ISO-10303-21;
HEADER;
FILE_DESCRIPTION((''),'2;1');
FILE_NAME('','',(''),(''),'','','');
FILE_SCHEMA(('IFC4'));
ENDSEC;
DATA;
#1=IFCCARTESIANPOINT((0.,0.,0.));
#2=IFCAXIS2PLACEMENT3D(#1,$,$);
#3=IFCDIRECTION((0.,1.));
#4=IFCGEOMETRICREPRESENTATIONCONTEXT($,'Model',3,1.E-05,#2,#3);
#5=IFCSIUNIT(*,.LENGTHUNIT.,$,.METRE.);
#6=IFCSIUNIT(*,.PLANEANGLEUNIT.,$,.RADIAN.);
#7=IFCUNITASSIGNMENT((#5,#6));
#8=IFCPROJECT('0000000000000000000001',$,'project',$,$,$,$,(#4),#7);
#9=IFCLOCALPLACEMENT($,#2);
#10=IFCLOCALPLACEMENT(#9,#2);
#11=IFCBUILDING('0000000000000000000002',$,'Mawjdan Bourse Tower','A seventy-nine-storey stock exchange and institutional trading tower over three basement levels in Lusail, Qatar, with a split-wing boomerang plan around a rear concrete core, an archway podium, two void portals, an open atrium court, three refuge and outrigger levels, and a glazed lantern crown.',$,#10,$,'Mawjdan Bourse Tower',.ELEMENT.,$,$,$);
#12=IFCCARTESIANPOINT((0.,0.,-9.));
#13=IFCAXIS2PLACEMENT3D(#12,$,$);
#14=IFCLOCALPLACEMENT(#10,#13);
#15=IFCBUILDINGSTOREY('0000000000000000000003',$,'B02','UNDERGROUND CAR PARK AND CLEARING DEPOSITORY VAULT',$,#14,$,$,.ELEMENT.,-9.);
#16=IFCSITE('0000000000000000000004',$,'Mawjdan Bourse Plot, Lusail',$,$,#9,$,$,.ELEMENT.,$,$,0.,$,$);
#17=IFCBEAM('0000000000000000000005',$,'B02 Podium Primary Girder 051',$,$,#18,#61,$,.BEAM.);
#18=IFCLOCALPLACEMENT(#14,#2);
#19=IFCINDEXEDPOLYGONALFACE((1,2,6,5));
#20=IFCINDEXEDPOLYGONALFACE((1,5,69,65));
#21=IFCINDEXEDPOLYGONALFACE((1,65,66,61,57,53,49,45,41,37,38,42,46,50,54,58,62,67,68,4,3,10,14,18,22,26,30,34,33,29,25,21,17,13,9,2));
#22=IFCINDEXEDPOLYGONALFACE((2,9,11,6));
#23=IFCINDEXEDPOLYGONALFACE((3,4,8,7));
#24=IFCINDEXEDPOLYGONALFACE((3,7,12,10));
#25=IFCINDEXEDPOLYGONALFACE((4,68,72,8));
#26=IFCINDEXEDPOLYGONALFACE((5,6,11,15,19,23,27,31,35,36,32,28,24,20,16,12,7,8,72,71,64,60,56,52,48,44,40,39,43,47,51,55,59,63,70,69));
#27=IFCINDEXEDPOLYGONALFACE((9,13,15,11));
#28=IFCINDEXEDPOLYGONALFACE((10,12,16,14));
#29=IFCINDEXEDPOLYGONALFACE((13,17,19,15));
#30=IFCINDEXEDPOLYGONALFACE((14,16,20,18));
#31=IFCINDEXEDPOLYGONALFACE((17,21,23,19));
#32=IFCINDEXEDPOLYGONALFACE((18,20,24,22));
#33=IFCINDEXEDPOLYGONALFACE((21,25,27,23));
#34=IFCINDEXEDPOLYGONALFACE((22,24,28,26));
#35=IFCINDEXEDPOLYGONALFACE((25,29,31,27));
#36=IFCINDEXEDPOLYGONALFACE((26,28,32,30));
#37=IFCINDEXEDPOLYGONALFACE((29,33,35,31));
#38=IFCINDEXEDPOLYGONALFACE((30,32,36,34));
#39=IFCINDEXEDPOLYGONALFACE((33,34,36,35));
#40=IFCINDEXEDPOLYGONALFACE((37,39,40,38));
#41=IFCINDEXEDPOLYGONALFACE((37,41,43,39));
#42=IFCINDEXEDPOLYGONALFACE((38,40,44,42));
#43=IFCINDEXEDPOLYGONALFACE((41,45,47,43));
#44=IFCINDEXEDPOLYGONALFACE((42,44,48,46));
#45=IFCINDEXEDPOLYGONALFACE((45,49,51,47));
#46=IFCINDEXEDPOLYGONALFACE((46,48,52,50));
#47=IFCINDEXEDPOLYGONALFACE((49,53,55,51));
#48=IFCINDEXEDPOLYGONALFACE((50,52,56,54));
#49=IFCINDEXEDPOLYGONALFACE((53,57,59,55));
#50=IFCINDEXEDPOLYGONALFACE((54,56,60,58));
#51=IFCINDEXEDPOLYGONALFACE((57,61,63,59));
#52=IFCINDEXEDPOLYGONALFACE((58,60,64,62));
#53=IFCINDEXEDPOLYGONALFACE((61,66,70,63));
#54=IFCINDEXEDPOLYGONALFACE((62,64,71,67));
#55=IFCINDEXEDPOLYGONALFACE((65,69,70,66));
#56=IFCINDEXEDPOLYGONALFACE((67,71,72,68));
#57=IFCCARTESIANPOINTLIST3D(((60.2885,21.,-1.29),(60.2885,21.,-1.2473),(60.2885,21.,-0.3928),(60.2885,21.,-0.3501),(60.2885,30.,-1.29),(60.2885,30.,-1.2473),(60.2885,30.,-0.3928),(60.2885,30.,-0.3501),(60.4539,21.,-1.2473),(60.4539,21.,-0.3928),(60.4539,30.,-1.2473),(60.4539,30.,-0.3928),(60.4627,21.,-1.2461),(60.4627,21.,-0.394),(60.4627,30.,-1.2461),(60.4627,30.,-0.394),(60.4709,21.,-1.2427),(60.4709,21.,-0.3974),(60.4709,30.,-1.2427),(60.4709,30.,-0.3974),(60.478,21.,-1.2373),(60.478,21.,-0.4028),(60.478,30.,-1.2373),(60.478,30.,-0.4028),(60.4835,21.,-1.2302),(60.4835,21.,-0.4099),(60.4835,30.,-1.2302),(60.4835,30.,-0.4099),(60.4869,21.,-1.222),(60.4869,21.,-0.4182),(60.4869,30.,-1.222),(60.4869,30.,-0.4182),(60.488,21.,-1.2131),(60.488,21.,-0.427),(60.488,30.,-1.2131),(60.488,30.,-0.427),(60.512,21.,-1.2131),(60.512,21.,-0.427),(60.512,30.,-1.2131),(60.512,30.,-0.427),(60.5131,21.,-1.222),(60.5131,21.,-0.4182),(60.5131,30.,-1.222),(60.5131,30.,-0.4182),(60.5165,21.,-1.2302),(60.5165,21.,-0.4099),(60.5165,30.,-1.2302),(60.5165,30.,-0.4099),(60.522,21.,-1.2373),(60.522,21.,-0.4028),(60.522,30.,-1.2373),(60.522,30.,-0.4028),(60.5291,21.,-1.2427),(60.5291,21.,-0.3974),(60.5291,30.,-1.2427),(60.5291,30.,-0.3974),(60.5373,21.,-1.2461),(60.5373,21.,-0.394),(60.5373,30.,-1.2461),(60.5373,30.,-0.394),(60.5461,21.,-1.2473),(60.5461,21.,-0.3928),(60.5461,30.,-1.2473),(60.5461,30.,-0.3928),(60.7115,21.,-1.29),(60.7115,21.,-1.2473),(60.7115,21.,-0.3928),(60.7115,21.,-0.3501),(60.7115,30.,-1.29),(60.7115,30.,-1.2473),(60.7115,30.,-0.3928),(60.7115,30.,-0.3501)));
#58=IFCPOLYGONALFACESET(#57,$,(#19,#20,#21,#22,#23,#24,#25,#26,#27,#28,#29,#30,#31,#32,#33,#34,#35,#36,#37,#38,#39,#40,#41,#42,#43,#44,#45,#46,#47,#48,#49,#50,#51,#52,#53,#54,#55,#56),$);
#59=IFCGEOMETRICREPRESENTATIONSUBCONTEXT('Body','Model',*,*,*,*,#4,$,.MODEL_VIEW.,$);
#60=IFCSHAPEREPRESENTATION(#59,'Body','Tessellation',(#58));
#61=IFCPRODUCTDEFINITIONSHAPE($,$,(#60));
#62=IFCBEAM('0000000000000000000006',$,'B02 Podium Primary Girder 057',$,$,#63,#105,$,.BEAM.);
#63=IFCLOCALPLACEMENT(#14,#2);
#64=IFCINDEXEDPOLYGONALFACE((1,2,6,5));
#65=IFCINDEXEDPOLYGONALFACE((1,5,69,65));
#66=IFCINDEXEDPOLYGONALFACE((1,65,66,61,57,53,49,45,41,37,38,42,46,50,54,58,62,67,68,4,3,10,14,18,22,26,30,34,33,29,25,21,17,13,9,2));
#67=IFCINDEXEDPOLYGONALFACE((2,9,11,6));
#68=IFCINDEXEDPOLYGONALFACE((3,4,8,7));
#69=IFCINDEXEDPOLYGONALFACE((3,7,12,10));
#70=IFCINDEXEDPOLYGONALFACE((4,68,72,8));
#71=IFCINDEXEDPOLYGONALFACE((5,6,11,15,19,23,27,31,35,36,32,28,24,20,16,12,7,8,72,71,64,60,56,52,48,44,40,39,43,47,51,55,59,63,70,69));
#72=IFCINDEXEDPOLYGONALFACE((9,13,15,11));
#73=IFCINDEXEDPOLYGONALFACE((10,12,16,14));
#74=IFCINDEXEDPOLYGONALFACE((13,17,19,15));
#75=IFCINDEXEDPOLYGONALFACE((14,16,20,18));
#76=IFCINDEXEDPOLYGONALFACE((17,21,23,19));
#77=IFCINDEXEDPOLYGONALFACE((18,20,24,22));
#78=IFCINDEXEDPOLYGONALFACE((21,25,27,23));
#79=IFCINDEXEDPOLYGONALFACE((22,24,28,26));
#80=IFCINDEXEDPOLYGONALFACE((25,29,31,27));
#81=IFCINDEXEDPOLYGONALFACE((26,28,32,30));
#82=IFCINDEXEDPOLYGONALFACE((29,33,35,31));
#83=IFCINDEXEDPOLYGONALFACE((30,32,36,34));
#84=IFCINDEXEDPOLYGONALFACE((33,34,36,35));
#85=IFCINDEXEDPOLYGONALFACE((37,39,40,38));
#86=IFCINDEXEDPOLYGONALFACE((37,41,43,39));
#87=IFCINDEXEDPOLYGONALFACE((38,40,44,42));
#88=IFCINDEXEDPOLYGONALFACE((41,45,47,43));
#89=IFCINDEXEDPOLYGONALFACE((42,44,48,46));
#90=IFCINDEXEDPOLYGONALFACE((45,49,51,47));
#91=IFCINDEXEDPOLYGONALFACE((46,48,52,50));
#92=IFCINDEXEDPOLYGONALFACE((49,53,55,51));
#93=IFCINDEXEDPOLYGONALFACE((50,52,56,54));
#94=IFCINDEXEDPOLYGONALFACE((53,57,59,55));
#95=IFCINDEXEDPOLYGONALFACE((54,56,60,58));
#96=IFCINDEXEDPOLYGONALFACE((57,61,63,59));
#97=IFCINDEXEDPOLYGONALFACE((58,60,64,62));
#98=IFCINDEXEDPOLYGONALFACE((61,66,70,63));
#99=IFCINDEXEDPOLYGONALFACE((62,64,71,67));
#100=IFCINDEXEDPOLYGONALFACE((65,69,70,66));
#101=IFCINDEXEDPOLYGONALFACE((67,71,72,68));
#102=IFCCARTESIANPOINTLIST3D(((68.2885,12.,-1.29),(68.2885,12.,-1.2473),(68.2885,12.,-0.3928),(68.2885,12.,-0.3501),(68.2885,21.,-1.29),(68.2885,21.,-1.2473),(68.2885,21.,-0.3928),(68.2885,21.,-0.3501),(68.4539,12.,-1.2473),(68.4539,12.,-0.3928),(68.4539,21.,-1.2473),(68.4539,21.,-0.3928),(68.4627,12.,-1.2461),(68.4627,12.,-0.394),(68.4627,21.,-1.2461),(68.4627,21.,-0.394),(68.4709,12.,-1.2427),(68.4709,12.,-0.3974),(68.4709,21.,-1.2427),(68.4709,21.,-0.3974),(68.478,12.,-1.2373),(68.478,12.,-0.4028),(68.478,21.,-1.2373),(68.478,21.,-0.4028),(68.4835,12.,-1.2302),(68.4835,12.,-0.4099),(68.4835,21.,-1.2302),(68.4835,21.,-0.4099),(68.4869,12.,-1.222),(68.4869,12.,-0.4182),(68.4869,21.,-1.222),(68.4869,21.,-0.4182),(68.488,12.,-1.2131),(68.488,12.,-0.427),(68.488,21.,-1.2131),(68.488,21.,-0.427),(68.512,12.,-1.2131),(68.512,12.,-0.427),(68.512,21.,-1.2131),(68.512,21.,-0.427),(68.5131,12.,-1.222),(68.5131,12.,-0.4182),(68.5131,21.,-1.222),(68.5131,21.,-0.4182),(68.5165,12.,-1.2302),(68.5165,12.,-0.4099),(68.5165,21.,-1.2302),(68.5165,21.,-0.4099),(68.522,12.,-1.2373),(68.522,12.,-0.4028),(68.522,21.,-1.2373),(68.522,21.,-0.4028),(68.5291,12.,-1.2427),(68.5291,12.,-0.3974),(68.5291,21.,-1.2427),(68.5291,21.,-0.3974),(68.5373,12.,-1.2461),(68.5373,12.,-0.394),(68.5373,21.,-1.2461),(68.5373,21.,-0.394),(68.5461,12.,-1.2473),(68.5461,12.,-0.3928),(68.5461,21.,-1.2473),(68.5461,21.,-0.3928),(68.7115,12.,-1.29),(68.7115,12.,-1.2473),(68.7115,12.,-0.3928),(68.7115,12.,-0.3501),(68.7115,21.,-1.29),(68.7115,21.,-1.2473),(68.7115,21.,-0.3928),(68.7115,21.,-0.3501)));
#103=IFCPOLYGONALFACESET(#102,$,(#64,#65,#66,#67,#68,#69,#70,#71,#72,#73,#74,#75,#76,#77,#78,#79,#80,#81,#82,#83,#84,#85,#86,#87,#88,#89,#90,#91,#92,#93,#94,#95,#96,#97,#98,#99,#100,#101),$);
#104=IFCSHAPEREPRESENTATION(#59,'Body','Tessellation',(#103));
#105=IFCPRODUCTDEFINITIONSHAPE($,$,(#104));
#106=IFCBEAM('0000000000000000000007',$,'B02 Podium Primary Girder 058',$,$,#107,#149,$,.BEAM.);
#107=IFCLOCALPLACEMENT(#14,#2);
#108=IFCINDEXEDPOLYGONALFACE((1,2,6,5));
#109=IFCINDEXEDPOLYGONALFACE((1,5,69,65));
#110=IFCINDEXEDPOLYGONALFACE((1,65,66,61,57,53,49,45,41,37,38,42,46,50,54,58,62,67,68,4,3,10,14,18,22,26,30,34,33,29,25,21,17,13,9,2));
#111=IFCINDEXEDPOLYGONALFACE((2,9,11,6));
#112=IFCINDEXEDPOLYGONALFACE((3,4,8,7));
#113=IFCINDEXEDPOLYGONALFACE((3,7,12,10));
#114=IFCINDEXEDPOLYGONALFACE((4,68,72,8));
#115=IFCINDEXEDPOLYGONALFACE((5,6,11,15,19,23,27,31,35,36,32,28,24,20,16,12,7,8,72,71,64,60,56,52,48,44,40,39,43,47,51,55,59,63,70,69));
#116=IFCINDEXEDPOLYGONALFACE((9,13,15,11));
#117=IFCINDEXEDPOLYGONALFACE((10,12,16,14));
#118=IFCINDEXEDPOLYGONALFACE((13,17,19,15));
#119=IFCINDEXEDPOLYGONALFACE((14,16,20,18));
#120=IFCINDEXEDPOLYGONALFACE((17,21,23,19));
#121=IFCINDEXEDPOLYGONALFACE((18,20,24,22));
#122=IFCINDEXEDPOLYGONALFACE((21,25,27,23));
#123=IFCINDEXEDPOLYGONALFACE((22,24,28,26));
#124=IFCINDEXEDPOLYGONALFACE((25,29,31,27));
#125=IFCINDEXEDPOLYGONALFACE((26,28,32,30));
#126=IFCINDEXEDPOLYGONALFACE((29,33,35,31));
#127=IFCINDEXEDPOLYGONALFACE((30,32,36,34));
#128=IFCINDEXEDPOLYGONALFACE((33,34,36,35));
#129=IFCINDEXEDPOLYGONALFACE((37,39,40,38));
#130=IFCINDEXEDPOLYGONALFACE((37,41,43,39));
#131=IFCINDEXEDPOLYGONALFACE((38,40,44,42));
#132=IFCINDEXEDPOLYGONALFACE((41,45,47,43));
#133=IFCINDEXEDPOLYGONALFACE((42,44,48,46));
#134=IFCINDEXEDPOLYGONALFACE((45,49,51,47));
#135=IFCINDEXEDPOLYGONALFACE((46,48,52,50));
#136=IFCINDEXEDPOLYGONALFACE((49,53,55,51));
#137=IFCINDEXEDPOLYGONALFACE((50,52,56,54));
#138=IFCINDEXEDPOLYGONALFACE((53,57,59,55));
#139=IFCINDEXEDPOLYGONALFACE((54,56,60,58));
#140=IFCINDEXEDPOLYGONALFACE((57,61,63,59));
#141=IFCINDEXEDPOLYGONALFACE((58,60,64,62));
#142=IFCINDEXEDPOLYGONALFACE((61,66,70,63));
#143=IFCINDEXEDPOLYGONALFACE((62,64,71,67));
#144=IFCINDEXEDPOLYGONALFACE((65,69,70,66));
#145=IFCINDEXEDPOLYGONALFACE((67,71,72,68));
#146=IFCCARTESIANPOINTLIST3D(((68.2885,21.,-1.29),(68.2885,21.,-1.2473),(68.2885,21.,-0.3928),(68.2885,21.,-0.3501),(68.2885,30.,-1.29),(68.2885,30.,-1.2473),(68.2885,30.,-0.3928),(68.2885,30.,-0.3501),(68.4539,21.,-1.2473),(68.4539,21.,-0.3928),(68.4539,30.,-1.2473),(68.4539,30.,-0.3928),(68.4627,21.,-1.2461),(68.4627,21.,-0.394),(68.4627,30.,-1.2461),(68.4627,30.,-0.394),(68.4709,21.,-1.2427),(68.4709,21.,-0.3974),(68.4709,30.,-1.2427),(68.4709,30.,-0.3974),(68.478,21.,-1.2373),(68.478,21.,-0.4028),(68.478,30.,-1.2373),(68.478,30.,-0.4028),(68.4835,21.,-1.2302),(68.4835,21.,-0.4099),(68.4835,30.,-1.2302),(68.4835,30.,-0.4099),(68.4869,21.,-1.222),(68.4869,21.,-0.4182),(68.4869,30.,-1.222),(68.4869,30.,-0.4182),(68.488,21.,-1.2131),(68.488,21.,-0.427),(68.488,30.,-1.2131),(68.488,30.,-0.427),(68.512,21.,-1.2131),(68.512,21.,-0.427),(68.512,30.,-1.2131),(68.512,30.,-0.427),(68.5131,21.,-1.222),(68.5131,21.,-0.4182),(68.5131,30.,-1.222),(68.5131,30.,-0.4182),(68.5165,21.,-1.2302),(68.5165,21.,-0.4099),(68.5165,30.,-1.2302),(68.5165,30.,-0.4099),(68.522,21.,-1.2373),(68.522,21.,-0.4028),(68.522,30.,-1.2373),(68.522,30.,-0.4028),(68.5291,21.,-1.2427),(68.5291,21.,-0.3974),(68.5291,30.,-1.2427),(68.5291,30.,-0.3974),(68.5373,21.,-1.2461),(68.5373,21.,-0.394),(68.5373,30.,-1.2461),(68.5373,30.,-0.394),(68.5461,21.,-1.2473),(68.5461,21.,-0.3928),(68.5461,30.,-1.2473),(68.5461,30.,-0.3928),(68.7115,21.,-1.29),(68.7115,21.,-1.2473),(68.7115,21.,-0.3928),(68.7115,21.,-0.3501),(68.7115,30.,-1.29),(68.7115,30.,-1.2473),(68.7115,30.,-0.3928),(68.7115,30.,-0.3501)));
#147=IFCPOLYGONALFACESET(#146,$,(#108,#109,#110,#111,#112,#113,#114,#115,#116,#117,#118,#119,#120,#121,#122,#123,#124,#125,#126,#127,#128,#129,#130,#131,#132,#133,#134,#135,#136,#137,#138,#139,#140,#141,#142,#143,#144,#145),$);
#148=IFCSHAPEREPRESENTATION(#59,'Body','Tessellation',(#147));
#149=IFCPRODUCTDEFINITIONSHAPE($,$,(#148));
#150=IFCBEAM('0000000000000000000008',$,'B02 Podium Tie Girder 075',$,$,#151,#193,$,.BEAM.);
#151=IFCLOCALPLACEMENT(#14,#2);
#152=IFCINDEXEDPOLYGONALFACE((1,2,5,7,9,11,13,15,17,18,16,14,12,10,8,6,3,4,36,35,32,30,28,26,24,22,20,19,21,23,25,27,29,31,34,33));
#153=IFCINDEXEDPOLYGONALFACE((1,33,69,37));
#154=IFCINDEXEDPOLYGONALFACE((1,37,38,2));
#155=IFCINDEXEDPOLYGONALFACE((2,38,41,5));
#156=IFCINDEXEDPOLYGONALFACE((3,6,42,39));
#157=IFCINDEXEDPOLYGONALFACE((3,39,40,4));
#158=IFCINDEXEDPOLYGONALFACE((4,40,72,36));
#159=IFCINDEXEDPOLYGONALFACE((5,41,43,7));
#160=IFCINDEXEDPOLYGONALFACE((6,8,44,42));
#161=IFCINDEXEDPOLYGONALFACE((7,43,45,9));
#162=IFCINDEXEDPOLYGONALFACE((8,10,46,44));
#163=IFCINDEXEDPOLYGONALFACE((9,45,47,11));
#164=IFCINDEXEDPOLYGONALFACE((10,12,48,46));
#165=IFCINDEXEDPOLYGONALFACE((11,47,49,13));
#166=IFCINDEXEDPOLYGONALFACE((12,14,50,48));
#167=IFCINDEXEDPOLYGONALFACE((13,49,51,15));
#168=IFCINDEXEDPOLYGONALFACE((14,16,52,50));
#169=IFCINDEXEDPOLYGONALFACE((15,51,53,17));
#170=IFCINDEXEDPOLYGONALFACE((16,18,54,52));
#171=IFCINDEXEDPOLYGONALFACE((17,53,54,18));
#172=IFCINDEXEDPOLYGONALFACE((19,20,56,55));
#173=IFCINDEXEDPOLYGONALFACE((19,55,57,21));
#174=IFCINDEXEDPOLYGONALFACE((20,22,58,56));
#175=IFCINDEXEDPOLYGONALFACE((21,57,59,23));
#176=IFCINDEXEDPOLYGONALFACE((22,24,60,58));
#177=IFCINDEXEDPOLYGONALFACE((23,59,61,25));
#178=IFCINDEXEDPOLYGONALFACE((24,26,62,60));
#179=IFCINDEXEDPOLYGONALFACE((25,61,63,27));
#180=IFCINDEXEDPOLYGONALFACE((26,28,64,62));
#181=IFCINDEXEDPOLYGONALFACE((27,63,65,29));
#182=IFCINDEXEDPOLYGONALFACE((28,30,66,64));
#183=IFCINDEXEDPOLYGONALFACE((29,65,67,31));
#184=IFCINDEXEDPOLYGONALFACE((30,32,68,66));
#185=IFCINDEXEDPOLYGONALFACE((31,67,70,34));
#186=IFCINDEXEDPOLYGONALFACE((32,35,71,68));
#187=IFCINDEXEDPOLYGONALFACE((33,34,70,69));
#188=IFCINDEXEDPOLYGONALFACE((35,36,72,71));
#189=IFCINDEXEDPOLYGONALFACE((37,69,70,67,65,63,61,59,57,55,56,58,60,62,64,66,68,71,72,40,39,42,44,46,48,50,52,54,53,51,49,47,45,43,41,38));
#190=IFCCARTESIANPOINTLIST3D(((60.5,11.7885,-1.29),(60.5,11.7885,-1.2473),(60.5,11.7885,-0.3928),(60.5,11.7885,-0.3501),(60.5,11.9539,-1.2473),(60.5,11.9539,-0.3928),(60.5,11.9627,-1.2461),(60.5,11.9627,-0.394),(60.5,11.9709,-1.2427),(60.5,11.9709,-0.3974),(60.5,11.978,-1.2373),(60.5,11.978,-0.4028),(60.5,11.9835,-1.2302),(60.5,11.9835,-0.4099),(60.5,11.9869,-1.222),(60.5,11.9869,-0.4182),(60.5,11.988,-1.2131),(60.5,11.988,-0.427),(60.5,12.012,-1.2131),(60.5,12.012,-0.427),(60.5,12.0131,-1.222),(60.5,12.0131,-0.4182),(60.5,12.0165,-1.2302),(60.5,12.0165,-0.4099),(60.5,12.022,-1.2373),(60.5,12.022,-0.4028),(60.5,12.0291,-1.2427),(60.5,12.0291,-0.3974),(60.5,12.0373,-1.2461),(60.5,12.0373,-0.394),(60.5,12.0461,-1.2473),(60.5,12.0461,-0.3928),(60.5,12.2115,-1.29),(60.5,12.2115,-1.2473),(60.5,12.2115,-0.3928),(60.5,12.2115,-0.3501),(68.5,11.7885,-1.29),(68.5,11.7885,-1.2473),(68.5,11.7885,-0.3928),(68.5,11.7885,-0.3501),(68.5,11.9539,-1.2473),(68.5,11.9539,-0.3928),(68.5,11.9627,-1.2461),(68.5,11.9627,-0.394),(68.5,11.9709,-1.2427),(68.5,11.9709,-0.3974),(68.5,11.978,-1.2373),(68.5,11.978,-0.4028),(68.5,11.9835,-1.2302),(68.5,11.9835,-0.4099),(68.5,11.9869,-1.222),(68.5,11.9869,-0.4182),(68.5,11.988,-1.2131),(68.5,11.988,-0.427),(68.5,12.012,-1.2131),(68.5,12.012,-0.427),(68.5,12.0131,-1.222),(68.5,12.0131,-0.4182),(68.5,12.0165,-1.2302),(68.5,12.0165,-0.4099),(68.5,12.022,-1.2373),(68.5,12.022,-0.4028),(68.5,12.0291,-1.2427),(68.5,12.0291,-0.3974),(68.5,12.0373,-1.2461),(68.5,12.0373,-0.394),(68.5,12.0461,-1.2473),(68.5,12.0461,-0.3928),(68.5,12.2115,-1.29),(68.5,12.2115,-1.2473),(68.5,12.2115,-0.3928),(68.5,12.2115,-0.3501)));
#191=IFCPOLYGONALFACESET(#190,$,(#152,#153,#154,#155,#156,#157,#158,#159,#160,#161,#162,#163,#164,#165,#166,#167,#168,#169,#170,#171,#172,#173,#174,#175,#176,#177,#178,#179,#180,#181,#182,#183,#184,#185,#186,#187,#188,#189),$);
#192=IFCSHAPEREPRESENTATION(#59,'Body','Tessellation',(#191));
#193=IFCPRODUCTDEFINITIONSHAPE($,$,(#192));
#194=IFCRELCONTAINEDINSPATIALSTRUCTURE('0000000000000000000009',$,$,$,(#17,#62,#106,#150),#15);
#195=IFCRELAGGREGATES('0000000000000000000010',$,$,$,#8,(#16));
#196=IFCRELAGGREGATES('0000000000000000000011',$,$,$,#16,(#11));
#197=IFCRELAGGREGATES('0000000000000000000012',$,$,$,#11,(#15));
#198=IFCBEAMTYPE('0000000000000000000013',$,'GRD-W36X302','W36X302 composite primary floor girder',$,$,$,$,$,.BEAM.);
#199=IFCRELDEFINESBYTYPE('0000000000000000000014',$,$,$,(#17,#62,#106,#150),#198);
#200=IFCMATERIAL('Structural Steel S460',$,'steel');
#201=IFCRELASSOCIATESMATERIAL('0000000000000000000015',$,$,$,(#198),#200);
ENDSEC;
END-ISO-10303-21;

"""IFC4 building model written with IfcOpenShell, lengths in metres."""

from ifc_helpers import new_model, si_unit, direction, frame, origin, origin_2d, place, context, subcontext, project, spatial, i_section, extrude, material, material_profile, profile_set, type_object, element, save


model = new_model("IFC4")

# Units and contexts
model_context = context("Model", 3, precision=1e-05, world=origin(), true_north=direction((0.0, 1.0)))
body_context = subcontext(model_context, "Body", "Model", "MODEL_VIEW")
ifc_project = project(units=[si_unit("LENGTHUNIT", "METRE"), si_unit("PLANEANGLEUNIT", "RADIAN")], contexts=[model_context])

# Site, building, storey
site_placement = place(None, origin())
site = spatial("IfcSite", under=ifc_project, at=site_placement, Name="Mawjdan Bourse Plot, Lusail", CompositionType="ELEMENT", RefElevation=0.0)
building_placement = place(site_placement, origin())
building = spatial("IfcBuilding", under=site, at=building_placement, Name="Mawjdan Bourse Tower", Description="A seventy-nine-storey stock exchange and institutional trading tower over three basement levels in Lusail, Qatar, with a split-wing boomerang plan around a rear concrete core, an archway podium, two void portals, an open atrium court, three refuge and outrigger levels, and a glazed lantern crown.", LongName="Mawjdan Bourse Tower", CompositionType="ELEMENT")
storey_placement = place(building_placement, frame((0.0, 0.0, -9.0)))
storey = spatial("IfcBuildingStorey", under=building, at=storey_placement, Name="B02", Description="UNDERGROUND CAR PARK AND CLEARING DEPOSITORY VAULT", CompositionType="ELEMENT", Elevation=-9.0)

# Beams
ifc_material_1 = material(Name="Structural Steel S460", Category="steel")
ifc_material_profile_1 = material_profile(ifc_material_1, i_section(OverallWidth=0.4231, OverallDepth=0.9399, WebThickness=0.0239, FlangeThickness=0.0427, FilletRadius=0.0342, at=origin_2d()), Name="W36X302")
ifc_profile_set_1 = profile_set([ifc_material_profile_1], Name="Structural Steel S460")
beam_type_1 = type_object("IfcBeamType", Name="GRD-W36X302", Description="W36X302 composite primary floor girder", PredefinedType="BEAM", material=ifc_profile_set_1)
for number, where, z_axis, x_axis, name in (
    (1, (60.5, 21.0, -0.8201), (0.0, 1.0, 0.0), (-1.0, 0.0, 0.0), "B02 Podium Primary Girder 051"),
    (2, (68.5, 12.0, -0.8201), (0.0, 1.0, 0.0), (-1.0, 0.0, 0.0), "B02 Podium Primary Girder 057"),
    (3, (68.5, 21.0, -0.8201), (0.0, 1.0, 0.0), (-1.0, 0.0, 0.0), "B02 Podium Primary Girder 058"),
):
    element("IfcBeam", number, at=place(storey_placement, frame(where, z_axis=z_axis, x_axis=x_axis)), inside=storey, type_object=beam_type_1, Name=name, PredefinedType="BEAM", context=body_context, shape_type="SweptSolid", body=[
        extrude(i_section(OverallWidth=0.4231, OverallDepth=0.9399, WebThickness=0.0239, FlangeThickness=0.0427, FilletRadius=0.0342, at=origin_2d()), origin(), (0.0, 0.0, 1.0), 9.0),
    ])
beam_1_placement = place(storey_placement, frame((60.5, 12.0, -0.8201), z_axis=(1.0, 0.0, 0.0), x_axis=(0.0, 1.0, 0.0)))
element("IfcBeam", 4, at=beam_1_placement, inside=storey, type_object=beam_type_1, Name="B02 Podium Tie Girder 075", PredefinedType="BEAM", context=body_context, shape_type="SweptSolid", body=[
    extrude(i_section(OverallWidth=0.4231, OverallDepth=0.9399, WebThickness=0.0239, FlangeThickness=0.0427, FilletRadius=0.0342, at=origin_2d()), origin(), (0.0, 0.0, 1.0), 8.0),
])

save(model, "model.ifc")
